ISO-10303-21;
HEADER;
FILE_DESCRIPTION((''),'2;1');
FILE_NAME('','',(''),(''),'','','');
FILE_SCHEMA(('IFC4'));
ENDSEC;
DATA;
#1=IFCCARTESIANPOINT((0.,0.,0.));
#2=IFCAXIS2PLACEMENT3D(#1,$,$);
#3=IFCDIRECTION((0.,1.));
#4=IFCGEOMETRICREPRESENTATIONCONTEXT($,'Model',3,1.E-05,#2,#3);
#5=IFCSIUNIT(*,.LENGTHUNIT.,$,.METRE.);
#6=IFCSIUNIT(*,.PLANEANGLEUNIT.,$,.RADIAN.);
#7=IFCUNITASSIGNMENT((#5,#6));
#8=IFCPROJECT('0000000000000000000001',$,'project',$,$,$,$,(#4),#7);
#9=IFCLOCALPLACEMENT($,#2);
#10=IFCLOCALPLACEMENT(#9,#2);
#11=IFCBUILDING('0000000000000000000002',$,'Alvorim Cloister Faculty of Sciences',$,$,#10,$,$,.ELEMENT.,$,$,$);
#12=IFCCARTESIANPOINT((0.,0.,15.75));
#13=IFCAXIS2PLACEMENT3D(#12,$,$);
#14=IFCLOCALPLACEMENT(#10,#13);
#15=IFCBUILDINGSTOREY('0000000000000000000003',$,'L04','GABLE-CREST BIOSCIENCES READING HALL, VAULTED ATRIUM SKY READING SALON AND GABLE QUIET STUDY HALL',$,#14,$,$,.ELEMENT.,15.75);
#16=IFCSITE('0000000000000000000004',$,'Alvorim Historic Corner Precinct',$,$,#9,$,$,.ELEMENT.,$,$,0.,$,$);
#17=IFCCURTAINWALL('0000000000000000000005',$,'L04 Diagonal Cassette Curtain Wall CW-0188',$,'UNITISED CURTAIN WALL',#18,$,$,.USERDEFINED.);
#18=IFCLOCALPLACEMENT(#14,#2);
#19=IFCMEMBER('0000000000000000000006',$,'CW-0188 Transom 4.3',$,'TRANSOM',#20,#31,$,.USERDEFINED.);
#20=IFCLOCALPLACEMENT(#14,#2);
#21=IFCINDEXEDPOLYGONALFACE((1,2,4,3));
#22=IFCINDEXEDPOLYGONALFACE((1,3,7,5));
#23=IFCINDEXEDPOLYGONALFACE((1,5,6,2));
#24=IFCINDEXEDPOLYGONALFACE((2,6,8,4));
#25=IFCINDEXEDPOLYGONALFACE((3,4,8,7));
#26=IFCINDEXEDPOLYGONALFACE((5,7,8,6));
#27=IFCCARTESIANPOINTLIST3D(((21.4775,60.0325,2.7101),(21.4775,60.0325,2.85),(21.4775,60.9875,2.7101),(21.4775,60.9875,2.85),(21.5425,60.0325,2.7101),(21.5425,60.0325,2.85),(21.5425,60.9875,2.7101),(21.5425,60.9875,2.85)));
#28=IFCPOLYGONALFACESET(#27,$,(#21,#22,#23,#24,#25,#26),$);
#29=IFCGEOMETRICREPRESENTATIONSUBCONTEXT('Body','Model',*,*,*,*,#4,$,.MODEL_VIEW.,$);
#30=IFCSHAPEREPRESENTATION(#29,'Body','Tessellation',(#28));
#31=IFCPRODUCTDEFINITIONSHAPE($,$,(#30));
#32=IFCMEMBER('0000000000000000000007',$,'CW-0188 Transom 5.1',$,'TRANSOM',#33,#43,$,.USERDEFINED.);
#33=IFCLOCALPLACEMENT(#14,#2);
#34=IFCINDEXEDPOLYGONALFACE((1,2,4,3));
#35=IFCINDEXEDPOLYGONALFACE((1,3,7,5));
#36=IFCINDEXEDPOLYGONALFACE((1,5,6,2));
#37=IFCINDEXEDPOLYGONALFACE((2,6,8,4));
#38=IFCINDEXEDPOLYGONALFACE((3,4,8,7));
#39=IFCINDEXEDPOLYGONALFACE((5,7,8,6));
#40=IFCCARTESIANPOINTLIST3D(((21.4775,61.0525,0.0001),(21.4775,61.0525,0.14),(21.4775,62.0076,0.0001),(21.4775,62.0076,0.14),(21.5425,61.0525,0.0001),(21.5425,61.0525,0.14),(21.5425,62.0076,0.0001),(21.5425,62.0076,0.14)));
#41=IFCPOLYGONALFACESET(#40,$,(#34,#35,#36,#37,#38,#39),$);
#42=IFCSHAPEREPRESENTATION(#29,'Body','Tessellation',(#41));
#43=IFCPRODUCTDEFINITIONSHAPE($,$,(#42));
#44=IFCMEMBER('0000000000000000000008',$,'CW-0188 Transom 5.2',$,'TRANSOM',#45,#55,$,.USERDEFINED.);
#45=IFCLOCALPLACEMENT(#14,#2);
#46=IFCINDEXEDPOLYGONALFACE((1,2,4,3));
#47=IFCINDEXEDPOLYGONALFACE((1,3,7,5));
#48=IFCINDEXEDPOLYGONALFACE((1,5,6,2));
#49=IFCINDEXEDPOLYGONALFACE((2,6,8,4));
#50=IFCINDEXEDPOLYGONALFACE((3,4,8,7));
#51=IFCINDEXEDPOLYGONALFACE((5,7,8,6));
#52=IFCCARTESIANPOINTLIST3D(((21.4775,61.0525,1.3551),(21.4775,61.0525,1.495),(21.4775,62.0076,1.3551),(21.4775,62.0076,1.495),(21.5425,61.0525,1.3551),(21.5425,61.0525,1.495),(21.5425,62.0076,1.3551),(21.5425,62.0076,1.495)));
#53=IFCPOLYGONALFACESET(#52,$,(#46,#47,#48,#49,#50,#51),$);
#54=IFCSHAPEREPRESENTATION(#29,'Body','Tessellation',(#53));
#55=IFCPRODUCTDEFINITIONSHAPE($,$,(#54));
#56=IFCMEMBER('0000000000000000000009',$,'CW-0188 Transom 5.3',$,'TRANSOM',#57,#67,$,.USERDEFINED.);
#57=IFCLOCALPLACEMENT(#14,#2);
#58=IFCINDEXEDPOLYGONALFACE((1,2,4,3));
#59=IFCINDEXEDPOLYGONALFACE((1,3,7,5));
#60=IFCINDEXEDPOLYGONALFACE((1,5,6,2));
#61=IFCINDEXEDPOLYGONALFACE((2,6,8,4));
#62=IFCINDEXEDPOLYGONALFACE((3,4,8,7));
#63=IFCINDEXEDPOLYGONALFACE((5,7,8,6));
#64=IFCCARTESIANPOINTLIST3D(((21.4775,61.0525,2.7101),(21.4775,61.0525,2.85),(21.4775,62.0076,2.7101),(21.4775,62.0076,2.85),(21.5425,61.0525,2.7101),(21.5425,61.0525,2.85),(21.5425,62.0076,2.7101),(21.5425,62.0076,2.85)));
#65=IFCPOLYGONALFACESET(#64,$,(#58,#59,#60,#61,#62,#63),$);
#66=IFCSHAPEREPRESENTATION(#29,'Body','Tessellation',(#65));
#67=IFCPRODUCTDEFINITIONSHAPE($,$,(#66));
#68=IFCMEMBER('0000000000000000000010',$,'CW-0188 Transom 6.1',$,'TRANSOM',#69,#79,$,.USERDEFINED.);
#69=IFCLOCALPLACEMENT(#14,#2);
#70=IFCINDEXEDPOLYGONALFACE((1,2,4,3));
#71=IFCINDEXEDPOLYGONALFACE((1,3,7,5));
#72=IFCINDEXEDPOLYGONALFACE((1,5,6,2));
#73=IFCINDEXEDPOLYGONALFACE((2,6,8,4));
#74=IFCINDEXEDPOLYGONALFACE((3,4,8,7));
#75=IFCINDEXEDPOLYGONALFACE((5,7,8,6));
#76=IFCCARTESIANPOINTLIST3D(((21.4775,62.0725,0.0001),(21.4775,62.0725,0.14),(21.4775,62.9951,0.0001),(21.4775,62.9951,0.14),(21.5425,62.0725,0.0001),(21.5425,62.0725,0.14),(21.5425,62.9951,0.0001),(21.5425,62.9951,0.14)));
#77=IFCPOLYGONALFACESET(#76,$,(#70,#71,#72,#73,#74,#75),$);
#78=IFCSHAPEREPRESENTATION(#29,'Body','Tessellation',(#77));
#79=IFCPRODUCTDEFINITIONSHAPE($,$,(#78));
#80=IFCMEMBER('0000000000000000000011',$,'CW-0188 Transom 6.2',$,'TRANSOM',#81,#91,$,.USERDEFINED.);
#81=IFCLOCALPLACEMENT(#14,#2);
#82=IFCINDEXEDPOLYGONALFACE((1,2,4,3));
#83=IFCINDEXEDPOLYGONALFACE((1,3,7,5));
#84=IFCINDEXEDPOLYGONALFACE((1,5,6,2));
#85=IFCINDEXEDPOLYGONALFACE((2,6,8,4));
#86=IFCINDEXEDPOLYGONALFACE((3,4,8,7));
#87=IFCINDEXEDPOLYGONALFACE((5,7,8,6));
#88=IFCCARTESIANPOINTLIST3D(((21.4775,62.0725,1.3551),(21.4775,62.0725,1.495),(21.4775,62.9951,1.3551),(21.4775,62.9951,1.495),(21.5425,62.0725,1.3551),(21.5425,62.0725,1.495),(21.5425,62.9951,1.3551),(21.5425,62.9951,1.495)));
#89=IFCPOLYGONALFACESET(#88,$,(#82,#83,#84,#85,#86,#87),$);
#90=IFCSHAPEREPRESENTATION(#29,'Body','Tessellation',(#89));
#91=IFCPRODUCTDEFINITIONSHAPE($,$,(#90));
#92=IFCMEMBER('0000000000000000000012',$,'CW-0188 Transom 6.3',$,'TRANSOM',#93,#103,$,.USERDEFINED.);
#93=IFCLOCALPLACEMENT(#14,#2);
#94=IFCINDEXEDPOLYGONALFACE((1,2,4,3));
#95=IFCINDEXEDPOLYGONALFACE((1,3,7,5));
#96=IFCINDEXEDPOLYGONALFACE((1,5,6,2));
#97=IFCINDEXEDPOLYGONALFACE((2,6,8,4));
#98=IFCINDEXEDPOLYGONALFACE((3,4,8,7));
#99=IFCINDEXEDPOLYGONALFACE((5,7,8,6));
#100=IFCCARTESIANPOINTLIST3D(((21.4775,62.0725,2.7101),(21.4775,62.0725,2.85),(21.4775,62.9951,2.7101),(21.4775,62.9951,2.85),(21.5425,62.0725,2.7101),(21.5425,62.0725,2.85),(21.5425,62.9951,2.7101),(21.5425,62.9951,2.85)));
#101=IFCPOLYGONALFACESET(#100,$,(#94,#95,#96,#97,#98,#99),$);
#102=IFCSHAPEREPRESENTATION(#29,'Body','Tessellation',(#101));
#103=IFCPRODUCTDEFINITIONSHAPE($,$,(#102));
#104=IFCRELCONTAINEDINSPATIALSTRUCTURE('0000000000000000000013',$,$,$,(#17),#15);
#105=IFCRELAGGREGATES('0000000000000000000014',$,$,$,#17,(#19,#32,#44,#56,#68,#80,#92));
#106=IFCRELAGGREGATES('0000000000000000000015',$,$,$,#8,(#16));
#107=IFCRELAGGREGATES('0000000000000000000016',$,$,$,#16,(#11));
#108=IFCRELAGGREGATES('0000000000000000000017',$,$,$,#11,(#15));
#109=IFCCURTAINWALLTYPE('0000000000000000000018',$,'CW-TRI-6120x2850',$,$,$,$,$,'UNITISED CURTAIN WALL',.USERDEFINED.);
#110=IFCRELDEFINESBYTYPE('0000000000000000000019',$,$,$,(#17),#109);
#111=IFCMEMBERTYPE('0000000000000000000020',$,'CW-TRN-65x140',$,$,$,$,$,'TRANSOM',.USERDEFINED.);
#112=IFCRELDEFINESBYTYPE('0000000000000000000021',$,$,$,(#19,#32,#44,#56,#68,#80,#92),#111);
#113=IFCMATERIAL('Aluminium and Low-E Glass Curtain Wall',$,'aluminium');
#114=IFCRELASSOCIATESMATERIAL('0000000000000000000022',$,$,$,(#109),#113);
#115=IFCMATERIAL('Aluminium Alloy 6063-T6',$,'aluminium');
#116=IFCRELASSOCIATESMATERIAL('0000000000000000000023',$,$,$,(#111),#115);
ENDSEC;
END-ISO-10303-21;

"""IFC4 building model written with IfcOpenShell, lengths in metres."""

from ifc_helpers import new_model, si_unit, direction, frame, origin, origin_2d, place, context, subcontext, project, spatial, rectangle, extrude, material, material_profile, profile_set, type_object, element, aggregate, save


model = new_model("IFC4")

# Units and contexts
model_context = context("Model", 3, precision=1e-05, world=origin(), true_north=direction((0.0, 1.0)))
body_context = subcontext(model_context, "Body", "Model", "MODEL_VIEW")
ifc_project = project(units=[si_unit("LENGTHUNIT", "METRE"), si_unit("PLANEANGLEUNIT", "RADIAN")], contexts=[model_context])

# Site, building, storey
site_placement = place(None, origin())
site = spatial("IfcSite", under=ifc_project, at=site_placement, Name="Alvorim Historic Corner Precinct", CompositionType="ELEMENT", RefElevation=0.0)
building_placement = place(site_placement, origin())
building = spatial("IfcBuilding", under=site, at=building_placement, Name="Alvorim Cloister Faculty of Sciences", CompositionType="ELEMENT")
storey_placement = place(building_placement, frame((0.0, 0.0, 15.75)))
storey = spatial("IfcBuildingStorey", under=building, at=storey_placement, Name="L04", Description="GABLE-CREST BIOSCIENCES READING HALL, VAULTED ATRIUM SKY READING SALON AND GABLE QUIET STUDY HALL", CompositionType="ELEMENT", Elevation=15.75)

# Shared definitions
ifc_material_1 = material(Name="Aluminium and Low-E Glass Curtain Wall", Category="aluminium")
curtain_wall_type = type_object("IfcCurtainWallType", Name="CW-TRI-6120x2850", ElementType="UNITISED CURTAIN WALL", PredefinedType="USERDEFINED", material=ifc_material_1)
ifc_material_2 = material(Name="Aluminium Alloy 6063-T6", Category="aluminium")

# Curtain wall
curtain_wall_1_placement = place(storey_placement, origin())
curtain_wall_1 = element("IfcCurtainWall", 1, at=curtain_wall_1_placement, inside=storey, type_object=curtain_wall_type, Name="L04 Diagonal Cassette Curtain Wall CW-0188", ObjectType="UNITISED CURTAIN WALL", PredefinedType="USERDEFINED")

# Members
ifc_material_profile_1 = material_profile(ifc_material_2, rectangle(XDim=0.0649, YDim=0.1399, at=origin_2d()), Name="ALU-TRN-65x140")
ifc_profile_set_1 = profile_set([ifc_material_profile_1], Name="Aluminium Alloy 6063-T6")
member_type_1 = type_object("IfcMemberType", Name="CW-TRN-65x140", ElementType="TRANSOM", PredefinedType="USERDEFINED", material=ifc_profile_set_1)
member_1_placement = place(storey_placement, frame((21.51, 60.0325, 2.78), z_axis=(0.0, 1.0, 0.0), x_axis=(-1.0, 0.0, 0.0)))
member_1 = element("IfcMember", 2, at=member_1_placement, type_object=member_type_1, Name="CW-0188 Transom 4.3", ObjectType="TRANSOM", PredefinedType="USERDEFINED", context=body_context, shape_type="SweptSolid", body=[
    extrude(rectangle(XDim=0.0649, YDim=0.1399, at=origin_2d()), origin(), (0.0, 0.0, 1.0), 0.9551),
])
member_2_placement = place(storey_placement, frame((21.51, 61.0525, 0.0701), z_axis=(0.0, 1.0, 0.0), x_axis=(-1.0, 0.0, 0.0)))
member_2 = element("IfcMember", 3, at=member_2_placement, type_object=member_type_1, Name="CW-0188 Transom 5.1", ObjectType="TRANSOM", PredefinedType="USERDEFINED", context=body_context, shape_type="SweptSolid", body=[
    extrude(rectangle(XDim=0.0649, YDim=0.1399, at=origin_2d()), origin(), (0.0, 0.0, 1.0), 0.9551),
])
member_3_placement = place(storey_placement, frame((21.51, 61.0525, 1.425), z_axis=(0.0, 1.0, 0.0), x_axis=(-1.0, 0.0, 0.0)))
member_3 = element("IfcMember", 4, at=member_3_placement, type_object=member_type_1, Name="CW-0188 Transom 5.2", ObjectType="TRANSOM", PredefinedType="USERDEFINED", context=body_context, shape_type="SweptSolid", body=[
    extrude(rectangle(XDim=0.0649, YDim=0.1399, at=origin_2d()), origin(), (0.0, 0.0, 1.0), 0.9551),
])
member_4_placement = place(storey_placement, frame((21.51, 61.0525, 2.78), z_axis=(0.0, 1.0, 0.0), x_axis=(-1.0, 0.0, 0.0)))
member_4 = element("IfcMember", 5, at=member_4_placement, type_object=member_type_1, Name="CW-0188 Transom 5.3", ObjectType="TRANSOM", PredefinedType="USERDEFINED", context=body_context, shape_type="SweptSolid", body=[
    extrude(rectangle(XDim=0.0649, YDim=0.1399, at=origin_2d()), origin(), (0.0, 0.0, 1.0), 0.9551),
])
member_5_placement = place(storey_placement, frame((21.51, 62.0725, 0.0701), z_axis=(0.0, 1.0, 0.0), x_axis=(-1.0, 0.0, 0.0)))
member_5 = element("IfcMember", 6, at=member_5_placement, type_object=member_type_1, Name="CW-0188 Transom 6.1", ObjectType="TRANSOM", PredefinedType="USERDEFINED", context=body_context, shape_type="SweptSolid", body=[
    extrude(rectangle(XDim=0.0649, YDim=0.1399, at=origin_2d()), origin(), (0.0, 0.0, 1.0), 0.9226),
])
member_6_placement = place(storey_placement, frame((21.51, 62.0725, 1.425), z_axis=(0.0, 1.0, 0.0), x_axis=(-1.0, 0.0, 0.0)))
member_6 = element("IfcMember", 7, at=member_6_placement, type_object=member_type_1, Name="CW-0188 Transom 6.2", ObjectType="TRANSOM", PredefinedType="USERDEFINED", context=body_context, shape_type="SweptSolid", body=[
    extrude(rectangle(XDim=0.0649, YDim=0.1399, at=origin_2d()), origin(), (0.0, 0.0, 1.0), 0.9226),
])
member_7_placement = place(storey_placement, frame((21.51, 62.0725, 2.78), z_axis=(0.0, 1.0, 0.0), x_axis=(-1.0, 0.0, 0.0)))
member_7 = element("IfcMember", 8, at=member_7_placement, type_object=member_type_1, Name="CW-0188 Transom 6.3", ObjectType="TRANSOM", PredefinedType="USERDEFINED", context=body_context, shape_type="SweptSolid", body=[
    extrude(rectangle(XDim=0.0649, YDim=0.1399, at=origin_2d()), origin(), (0.0, 0.0, 1.0), 0.9226),
])
aggregate(curtain_wall_1, [member_1, member_2, member_3, member_4, member_5, member_6, member_7])

save(model, "model.ifc")
